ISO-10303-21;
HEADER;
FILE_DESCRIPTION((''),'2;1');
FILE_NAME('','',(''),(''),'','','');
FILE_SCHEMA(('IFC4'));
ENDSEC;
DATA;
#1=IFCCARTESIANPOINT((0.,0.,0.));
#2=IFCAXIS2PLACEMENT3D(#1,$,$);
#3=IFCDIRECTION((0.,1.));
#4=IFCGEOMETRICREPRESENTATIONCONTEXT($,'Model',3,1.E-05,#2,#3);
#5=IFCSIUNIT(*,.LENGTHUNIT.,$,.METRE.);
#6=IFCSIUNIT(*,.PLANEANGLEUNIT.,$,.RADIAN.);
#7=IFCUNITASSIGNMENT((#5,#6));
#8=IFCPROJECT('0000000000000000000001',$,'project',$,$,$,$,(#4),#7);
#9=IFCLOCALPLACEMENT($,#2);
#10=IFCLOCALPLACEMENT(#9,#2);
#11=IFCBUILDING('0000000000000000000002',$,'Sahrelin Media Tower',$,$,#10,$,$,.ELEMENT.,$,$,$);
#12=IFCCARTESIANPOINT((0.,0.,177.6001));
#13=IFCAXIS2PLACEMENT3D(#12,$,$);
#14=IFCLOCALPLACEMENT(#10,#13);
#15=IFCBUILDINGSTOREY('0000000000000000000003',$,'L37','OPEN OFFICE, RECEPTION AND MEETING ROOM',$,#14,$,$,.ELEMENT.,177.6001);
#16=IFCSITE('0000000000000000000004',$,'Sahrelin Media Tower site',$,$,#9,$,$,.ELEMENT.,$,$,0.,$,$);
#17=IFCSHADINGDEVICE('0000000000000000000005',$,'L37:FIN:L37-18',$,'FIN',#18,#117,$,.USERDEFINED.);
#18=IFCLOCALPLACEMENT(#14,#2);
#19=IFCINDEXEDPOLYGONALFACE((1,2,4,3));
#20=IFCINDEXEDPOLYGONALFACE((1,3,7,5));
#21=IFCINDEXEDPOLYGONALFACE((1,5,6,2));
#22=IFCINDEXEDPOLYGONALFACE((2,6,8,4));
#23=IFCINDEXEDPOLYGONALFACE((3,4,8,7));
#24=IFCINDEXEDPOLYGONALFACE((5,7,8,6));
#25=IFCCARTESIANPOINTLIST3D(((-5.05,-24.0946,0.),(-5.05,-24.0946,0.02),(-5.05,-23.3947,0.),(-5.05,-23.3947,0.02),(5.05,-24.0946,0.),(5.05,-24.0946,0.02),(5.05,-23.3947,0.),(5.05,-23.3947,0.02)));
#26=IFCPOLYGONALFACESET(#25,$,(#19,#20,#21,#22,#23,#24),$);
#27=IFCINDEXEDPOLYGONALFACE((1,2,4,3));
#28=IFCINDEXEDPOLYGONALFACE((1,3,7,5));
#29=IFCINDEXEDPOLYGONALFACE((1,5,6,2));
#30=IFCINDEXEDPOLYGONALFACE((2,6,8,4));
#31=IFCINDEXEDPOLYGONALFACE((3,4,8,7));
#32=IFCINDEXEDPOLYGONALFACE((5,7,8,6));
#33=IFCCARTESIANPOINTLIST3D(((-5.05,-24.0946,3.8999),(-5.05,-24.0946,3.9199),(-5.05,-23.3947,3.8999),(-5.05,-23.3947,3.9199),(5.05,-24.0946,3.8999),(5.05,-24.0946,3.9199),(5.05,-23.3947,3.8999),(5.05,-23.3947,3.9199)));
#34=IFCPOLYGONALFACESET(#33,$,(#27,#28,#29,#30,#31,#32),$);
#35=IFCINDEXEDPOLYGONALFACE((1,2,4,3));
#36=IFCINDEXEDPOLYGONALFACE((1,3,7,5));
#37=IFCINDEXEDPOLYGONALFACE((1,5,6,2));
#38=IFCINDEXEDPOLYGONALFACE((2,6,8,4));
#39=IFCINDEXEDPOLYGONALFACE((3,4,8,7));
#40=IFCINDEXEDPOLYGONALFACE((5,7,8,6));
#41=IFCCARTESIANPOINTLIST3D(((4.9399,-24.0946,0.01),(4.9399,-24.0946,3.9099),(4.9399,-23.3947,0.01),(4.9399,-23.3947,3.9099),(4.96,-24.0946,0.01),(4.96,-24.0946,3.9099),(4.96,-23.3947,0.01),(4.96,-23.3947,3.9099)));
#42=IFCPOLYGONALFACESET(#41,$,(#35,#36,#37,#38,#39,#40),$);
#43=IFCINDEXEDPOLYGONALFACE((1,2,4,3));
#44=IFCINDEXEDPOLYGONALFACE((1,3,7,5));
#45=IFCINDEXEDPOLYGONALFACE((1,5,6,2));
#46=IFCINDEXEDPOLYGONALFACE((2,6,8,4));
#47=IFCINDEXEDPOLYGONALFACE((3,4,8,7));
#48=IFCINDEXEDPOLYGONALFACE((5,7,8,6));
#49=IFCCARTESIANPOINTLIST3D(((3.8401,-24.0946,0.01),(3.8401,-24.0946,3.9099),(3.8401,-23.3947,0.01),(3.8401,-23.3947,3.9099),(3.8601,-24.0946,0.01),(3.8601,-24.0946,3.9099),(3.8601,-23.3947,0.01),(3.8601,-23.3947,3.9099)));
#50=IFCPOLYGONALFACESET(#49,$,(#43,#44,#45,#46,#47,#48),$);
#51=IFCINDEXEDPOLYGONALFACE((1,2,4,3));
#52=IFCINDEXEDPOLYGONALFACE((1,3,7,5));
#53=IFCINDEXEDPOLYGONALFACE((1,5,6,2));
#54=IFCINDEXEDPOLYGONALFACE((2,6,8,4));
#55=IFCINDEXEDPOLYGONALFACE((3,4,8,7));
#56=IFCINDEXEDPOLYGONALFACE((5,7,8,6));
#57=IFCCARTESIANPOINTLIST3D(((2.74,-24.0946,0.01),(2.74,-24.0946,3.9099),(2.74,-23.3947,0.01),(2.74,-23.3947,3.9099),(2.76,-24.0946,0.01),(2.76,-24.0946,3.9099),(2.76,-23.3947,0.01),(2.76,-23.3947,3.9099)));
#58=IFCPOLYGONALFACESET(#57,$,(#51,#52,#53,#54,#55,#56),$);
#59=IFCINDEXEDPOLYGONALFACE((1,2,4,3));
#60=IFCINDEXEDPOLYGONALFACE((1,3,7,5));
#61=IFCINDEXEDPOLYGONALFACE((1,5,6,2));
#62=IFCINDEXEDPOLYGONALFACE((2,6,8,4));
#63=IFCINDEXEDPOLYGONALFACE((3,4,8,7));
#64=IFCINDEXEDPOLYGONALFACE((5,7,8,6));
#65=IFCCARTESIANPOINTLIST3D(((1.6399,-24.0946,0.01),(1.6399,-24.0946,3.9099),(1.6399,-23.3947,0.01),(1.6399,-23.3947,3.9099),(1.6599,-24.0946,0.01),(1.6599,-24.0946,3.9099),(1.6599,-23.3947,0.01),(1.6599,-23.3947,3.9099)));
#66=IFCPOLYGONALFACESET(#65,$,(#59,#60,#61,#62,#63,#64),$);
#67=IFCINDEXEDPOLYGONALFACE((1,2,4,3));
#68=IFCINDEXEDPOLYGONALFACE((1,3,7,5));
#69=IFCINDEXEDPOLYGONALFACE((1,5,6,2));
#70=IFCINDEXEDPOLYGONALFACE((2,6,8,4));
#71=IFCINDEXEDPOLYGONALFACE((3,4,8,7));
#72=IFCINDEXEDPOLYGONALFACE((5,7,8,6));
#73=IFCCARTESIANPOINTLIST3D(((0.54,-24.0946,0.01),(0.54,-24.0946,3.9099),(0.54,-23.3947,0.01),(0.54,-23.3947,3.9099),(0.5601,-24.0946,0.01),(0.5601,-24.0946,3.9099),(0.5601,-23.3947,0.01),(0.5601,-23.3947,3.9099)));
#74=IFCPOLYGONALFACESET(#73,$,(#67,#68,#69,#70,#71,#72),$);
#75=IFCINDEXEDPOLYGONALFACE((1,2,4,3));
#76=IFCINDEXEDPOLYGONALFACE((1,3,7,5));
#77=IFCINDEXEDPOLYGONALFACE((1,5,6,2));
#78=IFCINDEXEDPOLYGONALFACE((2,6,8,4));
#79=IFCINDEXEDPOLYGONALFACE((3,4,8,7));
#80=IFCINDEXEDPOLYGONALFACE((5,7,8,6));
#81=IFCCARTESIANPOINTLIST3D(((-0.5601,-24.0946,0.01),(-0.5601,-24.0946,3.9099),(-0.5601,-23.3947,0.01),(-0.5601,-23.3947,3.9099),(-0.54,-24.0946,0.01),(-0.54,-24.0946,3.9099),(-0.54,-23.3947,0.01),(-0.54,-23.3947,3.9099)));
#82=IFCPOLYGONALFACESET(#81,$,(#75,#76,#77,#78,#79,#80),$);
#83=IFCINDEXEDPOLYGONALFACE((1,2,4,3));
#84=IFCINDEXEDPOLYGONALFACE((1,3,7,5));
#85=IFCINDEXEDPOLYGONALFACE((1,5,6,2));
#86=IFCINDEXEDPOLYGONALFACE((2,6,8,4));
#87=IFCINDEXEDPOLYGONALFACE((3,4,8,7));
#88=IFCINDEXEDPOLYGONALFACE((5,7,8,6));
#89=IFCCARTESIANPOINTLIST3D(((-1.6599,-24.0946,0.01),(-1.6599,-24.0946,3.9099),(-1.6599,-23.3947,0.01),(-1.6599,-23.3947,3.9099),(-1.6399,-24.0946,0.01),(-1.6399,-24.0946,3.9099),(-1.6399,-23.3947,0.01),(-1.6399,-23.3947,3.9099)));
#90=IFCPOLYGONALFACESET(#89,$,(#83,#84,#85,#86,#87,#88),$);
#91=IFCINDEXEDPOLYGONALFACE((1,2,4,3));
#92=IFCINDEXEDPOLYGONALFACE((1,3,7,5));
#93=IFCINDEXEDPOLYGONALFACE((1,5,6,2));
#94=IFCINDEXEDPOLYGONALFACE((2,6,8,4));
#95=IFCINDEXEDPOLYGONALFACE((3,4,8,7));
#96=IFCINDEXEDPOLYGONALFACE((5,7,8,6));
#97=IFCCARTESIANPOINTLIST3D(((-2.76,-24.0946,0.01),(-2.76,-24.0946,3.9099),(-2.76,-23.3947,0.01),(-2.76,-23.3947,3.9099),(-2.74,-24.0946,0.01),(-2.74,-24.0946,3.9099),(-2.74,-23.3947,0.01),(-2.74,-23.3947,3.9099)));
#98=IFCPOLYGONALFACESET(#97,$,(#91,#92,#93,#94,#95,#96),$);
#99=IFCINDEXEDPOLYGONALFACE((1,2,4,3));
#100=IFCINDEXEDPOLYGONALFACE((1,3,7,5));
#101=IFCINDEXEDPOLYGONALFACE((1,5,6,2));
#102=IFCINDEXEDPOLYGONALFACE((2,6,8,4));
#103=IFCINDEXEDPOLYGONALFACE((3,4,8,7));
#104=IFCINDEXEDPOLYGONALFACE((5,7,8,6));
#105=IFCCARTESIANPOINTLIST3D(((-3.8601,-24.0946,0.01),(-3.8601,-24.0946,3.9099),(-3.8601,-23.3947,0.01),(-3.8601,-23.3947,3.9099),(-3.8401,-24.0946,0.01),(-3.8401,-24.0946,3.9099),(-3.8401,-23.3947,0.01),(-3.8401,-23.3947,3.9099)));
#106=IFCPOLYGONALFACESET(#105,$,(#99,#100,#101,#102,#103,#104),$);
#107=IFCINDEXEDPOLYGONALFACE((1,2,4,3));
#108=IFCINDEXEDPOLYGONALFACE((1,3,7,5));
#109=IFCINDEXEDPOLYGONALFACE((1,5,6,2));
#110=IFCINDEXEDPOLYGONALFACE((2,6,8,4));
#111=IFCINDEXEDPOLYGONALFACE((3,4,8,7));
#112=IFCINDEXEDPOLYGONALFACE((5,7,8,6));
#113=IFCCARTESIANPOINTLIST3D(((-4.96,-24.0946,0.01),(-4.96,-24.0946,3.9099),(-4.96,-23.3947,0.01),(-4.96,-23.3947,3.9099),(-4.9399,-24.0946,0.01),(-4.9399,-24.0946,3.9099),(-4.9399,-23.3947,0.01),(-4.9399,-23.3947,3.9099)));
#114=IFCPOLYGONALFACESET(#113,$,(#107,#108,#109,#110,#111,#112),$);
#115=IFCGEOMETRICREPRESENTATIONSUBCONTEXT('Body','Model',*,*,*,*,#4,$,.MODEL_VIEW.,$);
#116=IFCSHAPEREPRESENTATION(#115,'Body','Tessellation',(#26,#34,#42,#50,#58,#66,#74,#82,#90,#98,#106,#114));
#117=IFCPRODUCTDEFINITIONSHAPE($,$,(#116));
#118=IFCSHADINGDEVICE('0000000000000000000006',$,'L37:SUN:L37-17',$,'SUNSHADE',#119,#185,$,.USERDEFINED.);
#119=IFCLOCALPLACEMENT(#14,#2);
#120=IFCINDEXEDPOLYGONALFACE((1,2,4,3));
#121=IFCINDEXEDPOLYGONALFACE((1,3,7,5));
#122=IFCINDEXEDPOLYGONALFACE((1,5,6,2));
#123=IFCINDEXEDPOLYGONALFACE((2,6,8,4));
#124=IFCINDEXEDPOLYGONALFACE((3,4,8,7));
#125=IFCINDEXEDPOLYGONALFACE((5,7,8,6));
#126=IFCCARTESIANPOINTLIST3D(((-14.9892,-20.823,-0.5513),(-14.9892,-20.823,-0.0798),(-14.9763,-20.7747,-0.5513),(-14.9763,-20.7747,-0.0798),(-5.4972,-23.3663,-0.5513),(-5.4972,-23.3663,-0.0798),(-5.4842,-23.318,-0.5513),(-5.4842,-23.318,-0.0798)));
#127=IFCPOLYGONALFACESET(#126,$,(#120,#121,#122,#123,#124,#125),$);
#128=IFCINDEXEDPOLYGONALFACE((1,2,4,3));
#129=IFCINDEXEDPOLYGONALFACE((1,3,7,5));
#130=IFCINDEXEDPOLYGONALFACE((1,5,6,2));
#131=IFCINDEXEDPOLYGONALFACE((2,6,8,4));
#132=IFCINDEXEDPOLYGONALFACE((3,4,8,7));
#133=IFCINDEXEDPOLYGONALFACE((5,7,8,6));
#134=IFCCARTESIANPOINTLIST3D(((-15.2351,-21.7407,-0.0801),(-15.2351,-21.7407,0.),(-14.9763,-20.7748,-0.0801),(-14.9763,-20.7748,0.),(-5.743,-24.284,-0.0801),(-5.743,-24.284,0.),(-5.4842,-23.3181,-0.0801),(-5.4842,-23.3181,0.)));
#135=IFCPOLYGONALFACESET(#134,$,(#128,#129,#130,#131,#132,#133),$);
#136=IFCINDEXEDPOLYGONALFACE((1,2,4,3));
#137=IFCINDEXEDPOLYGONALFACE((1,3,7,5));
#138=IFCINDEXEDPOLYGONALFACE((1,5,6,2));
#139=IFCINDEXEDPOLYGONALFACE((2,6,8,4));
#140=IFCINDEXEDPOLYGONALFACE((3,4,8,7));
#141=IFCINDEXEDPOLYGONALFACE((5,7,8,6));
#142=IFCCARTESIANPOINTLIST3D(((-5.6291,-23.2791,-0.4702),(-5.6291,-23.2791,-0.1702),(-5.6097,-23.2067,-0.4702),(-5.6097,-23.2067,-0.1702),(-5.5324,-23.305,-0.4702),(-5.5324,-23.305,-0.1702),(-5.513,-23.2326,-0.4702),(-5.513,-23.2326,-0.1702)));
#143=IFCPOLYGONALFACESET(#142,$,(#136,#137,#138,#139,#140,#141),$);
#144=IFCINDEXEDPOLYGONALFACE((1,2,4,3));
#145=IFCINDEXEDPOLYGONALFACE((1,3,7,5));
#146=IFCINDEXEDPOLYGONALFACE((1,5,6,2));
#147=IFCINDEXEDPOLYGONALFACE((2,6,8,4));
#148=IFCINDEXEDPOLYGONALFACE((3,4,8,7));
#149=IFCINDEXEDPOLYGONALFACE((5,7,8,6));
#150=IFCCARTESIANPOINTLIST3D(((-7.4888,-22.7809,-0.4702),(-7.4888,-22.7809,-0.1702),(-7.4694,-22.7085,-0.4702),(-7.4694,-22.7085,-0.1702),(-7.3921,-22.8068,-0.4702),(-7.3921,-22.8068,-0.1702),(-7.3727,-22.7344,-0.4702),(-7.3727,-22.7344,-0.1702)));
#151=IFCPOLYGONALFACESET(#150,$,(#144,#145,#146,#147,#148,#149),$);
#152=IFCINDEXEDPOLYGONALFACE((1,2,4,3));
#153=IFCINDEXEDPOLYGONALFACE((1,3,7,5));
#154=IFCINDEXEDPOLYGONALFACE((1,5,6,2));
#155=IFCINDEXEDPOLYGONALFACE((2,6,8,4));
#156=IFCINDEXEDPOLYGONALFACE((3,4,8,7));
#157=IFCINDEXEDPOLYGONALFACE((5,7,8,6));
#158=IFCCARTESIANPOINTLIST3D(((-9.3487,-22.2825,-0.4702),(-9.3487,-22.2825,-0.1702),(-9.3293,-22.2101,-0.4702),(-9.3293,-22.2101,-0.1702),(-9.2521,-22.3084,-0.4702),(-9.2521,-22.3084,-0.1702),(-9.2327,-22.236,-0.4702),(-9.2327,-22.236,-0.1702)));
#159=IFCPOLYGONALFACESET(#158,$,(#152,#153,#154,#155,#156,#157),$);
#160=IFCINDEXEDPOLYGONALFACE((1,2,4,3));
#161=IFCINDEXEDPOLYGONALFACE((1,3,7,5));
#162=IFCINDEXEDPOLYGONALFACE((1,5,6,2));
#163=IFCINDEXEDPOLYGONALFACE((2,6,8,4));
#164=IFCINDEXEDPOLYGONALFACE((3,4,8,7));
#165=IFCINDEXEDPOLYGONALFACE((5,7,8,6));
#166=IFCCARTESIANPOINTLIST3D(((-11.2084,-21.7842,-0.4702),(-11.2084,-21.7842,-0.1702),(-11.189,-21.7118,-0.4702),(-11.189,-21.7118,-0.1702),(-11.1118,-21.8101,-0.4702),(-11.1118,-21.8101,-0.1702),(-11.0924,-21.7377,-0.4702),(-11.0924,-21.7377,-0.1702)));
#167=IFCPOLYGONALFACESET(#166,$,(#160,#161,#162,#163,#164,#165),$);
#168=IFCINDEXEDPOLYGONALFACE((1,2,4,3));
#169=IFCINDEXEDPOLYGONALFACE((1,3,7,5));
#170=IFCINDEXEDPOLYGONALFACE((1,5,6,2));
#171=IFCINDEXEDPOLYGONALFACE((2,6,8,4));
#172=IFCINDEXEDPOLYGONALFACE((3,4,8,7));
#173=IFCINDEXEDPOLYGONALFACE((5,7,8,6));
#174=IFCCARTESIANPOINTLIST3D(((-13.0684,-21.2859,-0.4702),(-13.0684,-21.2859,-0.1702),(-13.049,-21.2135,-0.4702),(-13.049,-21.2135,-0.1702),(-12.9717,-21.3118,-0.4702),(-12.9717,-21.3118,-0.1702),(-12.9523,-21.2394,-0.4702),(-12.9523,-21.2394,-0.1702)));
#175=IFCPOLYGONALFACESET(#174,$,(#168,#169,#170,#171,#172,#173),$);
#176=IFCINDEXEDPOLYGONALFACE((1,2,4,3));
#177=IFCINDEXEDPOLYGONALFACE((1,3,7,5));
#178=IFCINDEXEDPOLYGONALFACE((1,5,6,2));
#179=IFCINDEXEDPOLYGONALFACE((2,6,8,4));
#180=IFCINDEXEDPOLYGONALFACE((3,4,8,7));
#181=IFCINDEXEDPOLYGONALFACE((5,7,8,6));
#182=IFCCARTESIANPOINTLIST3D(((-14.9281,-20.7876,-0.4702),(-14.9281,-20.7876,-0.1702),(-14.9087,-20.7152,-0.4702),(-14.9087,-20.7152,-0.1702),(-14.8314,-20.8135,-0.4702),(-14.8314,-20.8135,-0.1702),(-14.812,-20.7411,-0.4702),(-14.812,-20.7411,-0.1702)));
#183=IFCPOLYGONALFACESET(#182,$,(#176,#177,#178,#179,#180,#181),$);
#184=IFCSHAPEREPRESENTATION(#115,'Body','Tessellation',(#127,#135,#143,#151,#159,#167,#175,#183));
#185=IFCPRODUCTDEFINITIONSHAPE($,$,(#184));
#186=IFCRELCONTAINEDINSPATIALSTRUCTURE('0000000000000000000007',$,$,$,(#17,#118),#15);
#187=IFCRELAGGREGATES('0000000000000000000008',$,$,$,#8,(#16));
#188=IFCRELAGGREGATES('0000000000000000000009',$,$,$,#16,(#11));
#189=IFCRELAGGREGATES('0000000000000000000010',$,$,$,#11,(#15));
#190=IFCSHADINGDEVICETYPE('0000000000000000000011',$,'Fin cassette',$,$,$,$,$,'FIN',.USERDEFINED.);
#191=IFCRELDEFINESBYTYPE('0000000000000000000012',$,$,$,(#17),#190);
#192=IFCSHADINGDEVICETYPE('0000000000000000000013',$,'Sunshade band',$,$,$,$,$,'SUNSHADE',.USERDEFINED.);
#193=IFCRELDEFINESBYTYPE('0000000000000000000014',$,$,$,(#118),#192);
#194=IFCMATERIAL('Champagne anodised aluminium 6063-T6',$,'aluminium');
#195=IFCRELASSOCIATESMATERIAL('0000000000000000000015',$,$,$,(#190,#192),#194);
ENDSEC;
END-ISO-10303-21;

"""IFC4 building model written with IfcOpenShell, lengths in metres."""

from ifc_helpers import new_model, si_unit, direction, frame, origin, origin_2d, place, context, subcontext, project, spatial, rectangle, extrude, material, type_object, element, save


model = new_model("IFC4")

# Units and contexts
model_context = context("Model", 3, precision=1e-05, world=origin(), true_north=direction((0.0, 1.0)))
body_context = subcontext(model_context, "Body", "Model", "MODEL_VIEW")
ifc_project = project(units=[si_unit("LENGTHUNIT", "METRE"), si_unit("PLANEANGLEUNIT", "RADIAN")], contexts=[model_context])

# Site, building, storey
site_placement = place(None, origin())
site = spatial("IfcSite", under=ifc_project, at=site_placement, Name="Sahrelin Media Tower site", CompositionType="ELEMENT", RefElevation=0.0)
building_placement = place(site_placement, origin())
building = spatial("IfcBuilding", under=site, at=building_placement, Name="Sahrelin Media Tower", CompositionType="ELEMENT")
storey_placement = place(building_placement, frame((0.0, 0.0, 177.6001)))
storey = spatial("IfcBuildingStorey", under=building, at=storey_placement, Name="L37", Description="OPEN OFFICE, RECEPTION AND MEETING ROOM", CompositionType="ELEMENT", Elevation=177.6001)

# Shared definitions
ifc_material_1 = material(Name="Champagne anodised aluminium 6063-T6", Category="aluminium")

# Shading devices
shading_device_type_1 = type_object("IfcShadingDeviceType", Name="Fin cassette", ElementType="FIN", PredefinedType="USERDEFINED", material=ifc_material_1)
placement_1 = place(storey_placement, frame((-10.2251, -22.0271, 0.0), z_axis=(0.0, 0.0, 1.0), x_axis=(-0.965929, 0.258808, 0.0)))
placement_2 = place(storey_placement, frame((0.0, -23.3247, 0.0), z_axis=(0.0, 0.0, 1.0), x_axis=(-1.0, 0.0, 0.0)))
element("IfcShadingDevice", 1, at=placement_2, inside=storey, type_object=shading_device_type_1, Name="L37:FIN:L37-18", ObjectType="FIN", PredefinedType="USERDEFINED", context=body_context, shape_type="SweptSolid", body=[
    extrude(rectangle(XDim=10.1001, YDim=0.7, at=origin_2d()), frame((0.0, 0.4199, 0.0)), (0.0, 0.0, 1.0), 0.02),
    extrude(rectangle(XDim=10.1001, YDim=0.7, at=origin_2d()), frame((0.0, 0.4199, 3.8999)), (0.0, 0.0, 1.0), 0.02),
    extrude(rectangle(XDim=0.02, YDim=0.7, at=origin_2d()), frame((-4.95, 0.4199, 0.01), z_axis=(0.0, 0.0, 1.0), x_axis=(1.0, 0.0, 0.0)), (0.0, 0.0, 1.0), 3.8999),
    extrude(rectangle(XDim=0.02, YDim=0.7, at=origin_2d()), frame((-3.8501, 0.4199, 0.01), z_axis=(0.0, 0.0, 1.0), x_axis=(1.0, 0.0, 0.0)), (0.0, 0.0, 1.0), 3.8999),
    extrude(rectangle(XDim=0.02, YDim=0.7, at=origin_2d()), frame((-2.75, 0.4199, 0.01), z_axis=(0.0, 0.0, 1.0), x_axis=(1.0, 0.0, 0.0)), (0.0, 0.0, 1.0), 3.8999),
    extrude(rectangle(XDim=0.02, YDim=0.7, at=origin_2d()), frame((-1.6499, 0.4199, 0.01), z_axis=(0.0, 0.0, 1.0), x_axis=(1.0, 0.0, 0.0)), (0.0, 0.0, 1.0), 3.8999),
    extrude(rectangle(XDim=0.02, YDim=0.7, at=origin_2d()), frame((-0.55, 0.4199, 0.01), z_axis=(0.0, 0.0, 1.0), x_axis=(1.0, 0.0, 0.0)), (0.0, 0.0, 1.0), 3.8999),
    extrude(rectangle(XDim=0.02, YDim=0.7, at=origin_2d()), frame((0.55, 0.4199, 0.01), z_axis=(0.0, 0.0, 1.0), x_axis=(1.0, 0.0, 0.0)), (0.0, 0.0, 1.0), 3.8999),
    extrude(rectangle(XDim=0.02, YDim=0.7, at=origin_2d()), frame((1.6499, 0.4199, 0.01), z_axis=(0.0, 0.0, 1.0), x_axis=(1.0, 0.0, 0.0)), (0.0, 0.0, 1.0), 3.8999),
    extrude(rectangle(XDim=0.02, YDim=0.7, at=origin_2d()), frame((2.75, 0.4199, 0.01), z_axis=(0.0, 0.0, 1.0), x_axis=(1.0, 0.0, 0.0)), (0.0, 0.0, 1.0), 3.8999),
    extrude(rectangle(XDim=0.02, YDim=0.7, at=origin_2d()), frame((3.8501, 0.4199, 0.01), z_axis=(0.0, 0.0, 1.0), x_axis=(1.0, 0.0, 0.0)), (0.0, 0.0, 1.0), 3.8999),
    extrude(rectangle(XDim=0.02, YDim=0.7, at=origin_2d()), frame((4.95, 0.4199, 0.01), z_axis=(0.0, 0.0, 1.0), x_axis=(1.0, 0.0, 0.0)), (0.0, 0.0, 1.0), 3.8999),
])
shading_device_type_2 = type_object("IfcShadingDeviceType", Name="Sunshade band", ElementType="SUNSHADE", PredefinedType="USERDEFINED", material=ifc_material_1)
element("IfcShadingDevice", 2, at=placement_1, inside=storey, type_object=shading_device_type_2, Name="L37:SUN:L37-17", ObjectType="SUNSHADE", PredefinedType="USERDEFINED", context=body_context, shape_type="SweptSolid", body=[
    extrude(rectangle(XDim=9.8269, YDim=0.05, at=origin_2d()), frame((0.0, 0.0449, -0.5513)), (0.0, 0.0, 1.0), 0.4714),
    extrude(rectangle(XDim=9.8269, YDim=1.0, at=origin_2d()), frame((0.0, 0.52, -0.0801)), (0.0, 0.0, 1.0), 0.0801),
    extrude(rectangle(XDim=0.1001, YDim=0.075, at=origin_2d()), frame((-4.8135, -0.0176, -0.4702)), (0.0, 0.0, 1.0), 0.3),
    extrude(rectangle(XDim=0.1001, YDim=0.075, at=origin_2d()), frame((-2.8882, -0.0176, -0.4702)), (0.0, 0.0, 1.0), 0.3),
    extrude(rectangle(XDim=0.1001, YDim=0.075, at=origin_2d()), frame((-0.9626, -0.0176, -0.4702)), (0.0, 0.0, 1.0), 0.3),
    extrude(rectangle(XDim=0.1001, YDim=0.075, at=origin_2d()), frame((0.9626, -0.0176, -0.4702)), (0.0, 0.0, 1.0), 0.3),
    extrude(rectangle(XDim=0.1001, YDim=0.075, at=origin_2d()), frame((2.8882, -0.0176, -0.4702)), (0.0, 0.0, 1.0), 0.3),
    extrude(rectangle(XDim=0.1001, YDim=0.075, at=origin_2d()), frame((4.8135, -0.0176, -0.4702)), (0.0, 0.0, 1.0), 0.3),
])

save(model, "model.ifc")
